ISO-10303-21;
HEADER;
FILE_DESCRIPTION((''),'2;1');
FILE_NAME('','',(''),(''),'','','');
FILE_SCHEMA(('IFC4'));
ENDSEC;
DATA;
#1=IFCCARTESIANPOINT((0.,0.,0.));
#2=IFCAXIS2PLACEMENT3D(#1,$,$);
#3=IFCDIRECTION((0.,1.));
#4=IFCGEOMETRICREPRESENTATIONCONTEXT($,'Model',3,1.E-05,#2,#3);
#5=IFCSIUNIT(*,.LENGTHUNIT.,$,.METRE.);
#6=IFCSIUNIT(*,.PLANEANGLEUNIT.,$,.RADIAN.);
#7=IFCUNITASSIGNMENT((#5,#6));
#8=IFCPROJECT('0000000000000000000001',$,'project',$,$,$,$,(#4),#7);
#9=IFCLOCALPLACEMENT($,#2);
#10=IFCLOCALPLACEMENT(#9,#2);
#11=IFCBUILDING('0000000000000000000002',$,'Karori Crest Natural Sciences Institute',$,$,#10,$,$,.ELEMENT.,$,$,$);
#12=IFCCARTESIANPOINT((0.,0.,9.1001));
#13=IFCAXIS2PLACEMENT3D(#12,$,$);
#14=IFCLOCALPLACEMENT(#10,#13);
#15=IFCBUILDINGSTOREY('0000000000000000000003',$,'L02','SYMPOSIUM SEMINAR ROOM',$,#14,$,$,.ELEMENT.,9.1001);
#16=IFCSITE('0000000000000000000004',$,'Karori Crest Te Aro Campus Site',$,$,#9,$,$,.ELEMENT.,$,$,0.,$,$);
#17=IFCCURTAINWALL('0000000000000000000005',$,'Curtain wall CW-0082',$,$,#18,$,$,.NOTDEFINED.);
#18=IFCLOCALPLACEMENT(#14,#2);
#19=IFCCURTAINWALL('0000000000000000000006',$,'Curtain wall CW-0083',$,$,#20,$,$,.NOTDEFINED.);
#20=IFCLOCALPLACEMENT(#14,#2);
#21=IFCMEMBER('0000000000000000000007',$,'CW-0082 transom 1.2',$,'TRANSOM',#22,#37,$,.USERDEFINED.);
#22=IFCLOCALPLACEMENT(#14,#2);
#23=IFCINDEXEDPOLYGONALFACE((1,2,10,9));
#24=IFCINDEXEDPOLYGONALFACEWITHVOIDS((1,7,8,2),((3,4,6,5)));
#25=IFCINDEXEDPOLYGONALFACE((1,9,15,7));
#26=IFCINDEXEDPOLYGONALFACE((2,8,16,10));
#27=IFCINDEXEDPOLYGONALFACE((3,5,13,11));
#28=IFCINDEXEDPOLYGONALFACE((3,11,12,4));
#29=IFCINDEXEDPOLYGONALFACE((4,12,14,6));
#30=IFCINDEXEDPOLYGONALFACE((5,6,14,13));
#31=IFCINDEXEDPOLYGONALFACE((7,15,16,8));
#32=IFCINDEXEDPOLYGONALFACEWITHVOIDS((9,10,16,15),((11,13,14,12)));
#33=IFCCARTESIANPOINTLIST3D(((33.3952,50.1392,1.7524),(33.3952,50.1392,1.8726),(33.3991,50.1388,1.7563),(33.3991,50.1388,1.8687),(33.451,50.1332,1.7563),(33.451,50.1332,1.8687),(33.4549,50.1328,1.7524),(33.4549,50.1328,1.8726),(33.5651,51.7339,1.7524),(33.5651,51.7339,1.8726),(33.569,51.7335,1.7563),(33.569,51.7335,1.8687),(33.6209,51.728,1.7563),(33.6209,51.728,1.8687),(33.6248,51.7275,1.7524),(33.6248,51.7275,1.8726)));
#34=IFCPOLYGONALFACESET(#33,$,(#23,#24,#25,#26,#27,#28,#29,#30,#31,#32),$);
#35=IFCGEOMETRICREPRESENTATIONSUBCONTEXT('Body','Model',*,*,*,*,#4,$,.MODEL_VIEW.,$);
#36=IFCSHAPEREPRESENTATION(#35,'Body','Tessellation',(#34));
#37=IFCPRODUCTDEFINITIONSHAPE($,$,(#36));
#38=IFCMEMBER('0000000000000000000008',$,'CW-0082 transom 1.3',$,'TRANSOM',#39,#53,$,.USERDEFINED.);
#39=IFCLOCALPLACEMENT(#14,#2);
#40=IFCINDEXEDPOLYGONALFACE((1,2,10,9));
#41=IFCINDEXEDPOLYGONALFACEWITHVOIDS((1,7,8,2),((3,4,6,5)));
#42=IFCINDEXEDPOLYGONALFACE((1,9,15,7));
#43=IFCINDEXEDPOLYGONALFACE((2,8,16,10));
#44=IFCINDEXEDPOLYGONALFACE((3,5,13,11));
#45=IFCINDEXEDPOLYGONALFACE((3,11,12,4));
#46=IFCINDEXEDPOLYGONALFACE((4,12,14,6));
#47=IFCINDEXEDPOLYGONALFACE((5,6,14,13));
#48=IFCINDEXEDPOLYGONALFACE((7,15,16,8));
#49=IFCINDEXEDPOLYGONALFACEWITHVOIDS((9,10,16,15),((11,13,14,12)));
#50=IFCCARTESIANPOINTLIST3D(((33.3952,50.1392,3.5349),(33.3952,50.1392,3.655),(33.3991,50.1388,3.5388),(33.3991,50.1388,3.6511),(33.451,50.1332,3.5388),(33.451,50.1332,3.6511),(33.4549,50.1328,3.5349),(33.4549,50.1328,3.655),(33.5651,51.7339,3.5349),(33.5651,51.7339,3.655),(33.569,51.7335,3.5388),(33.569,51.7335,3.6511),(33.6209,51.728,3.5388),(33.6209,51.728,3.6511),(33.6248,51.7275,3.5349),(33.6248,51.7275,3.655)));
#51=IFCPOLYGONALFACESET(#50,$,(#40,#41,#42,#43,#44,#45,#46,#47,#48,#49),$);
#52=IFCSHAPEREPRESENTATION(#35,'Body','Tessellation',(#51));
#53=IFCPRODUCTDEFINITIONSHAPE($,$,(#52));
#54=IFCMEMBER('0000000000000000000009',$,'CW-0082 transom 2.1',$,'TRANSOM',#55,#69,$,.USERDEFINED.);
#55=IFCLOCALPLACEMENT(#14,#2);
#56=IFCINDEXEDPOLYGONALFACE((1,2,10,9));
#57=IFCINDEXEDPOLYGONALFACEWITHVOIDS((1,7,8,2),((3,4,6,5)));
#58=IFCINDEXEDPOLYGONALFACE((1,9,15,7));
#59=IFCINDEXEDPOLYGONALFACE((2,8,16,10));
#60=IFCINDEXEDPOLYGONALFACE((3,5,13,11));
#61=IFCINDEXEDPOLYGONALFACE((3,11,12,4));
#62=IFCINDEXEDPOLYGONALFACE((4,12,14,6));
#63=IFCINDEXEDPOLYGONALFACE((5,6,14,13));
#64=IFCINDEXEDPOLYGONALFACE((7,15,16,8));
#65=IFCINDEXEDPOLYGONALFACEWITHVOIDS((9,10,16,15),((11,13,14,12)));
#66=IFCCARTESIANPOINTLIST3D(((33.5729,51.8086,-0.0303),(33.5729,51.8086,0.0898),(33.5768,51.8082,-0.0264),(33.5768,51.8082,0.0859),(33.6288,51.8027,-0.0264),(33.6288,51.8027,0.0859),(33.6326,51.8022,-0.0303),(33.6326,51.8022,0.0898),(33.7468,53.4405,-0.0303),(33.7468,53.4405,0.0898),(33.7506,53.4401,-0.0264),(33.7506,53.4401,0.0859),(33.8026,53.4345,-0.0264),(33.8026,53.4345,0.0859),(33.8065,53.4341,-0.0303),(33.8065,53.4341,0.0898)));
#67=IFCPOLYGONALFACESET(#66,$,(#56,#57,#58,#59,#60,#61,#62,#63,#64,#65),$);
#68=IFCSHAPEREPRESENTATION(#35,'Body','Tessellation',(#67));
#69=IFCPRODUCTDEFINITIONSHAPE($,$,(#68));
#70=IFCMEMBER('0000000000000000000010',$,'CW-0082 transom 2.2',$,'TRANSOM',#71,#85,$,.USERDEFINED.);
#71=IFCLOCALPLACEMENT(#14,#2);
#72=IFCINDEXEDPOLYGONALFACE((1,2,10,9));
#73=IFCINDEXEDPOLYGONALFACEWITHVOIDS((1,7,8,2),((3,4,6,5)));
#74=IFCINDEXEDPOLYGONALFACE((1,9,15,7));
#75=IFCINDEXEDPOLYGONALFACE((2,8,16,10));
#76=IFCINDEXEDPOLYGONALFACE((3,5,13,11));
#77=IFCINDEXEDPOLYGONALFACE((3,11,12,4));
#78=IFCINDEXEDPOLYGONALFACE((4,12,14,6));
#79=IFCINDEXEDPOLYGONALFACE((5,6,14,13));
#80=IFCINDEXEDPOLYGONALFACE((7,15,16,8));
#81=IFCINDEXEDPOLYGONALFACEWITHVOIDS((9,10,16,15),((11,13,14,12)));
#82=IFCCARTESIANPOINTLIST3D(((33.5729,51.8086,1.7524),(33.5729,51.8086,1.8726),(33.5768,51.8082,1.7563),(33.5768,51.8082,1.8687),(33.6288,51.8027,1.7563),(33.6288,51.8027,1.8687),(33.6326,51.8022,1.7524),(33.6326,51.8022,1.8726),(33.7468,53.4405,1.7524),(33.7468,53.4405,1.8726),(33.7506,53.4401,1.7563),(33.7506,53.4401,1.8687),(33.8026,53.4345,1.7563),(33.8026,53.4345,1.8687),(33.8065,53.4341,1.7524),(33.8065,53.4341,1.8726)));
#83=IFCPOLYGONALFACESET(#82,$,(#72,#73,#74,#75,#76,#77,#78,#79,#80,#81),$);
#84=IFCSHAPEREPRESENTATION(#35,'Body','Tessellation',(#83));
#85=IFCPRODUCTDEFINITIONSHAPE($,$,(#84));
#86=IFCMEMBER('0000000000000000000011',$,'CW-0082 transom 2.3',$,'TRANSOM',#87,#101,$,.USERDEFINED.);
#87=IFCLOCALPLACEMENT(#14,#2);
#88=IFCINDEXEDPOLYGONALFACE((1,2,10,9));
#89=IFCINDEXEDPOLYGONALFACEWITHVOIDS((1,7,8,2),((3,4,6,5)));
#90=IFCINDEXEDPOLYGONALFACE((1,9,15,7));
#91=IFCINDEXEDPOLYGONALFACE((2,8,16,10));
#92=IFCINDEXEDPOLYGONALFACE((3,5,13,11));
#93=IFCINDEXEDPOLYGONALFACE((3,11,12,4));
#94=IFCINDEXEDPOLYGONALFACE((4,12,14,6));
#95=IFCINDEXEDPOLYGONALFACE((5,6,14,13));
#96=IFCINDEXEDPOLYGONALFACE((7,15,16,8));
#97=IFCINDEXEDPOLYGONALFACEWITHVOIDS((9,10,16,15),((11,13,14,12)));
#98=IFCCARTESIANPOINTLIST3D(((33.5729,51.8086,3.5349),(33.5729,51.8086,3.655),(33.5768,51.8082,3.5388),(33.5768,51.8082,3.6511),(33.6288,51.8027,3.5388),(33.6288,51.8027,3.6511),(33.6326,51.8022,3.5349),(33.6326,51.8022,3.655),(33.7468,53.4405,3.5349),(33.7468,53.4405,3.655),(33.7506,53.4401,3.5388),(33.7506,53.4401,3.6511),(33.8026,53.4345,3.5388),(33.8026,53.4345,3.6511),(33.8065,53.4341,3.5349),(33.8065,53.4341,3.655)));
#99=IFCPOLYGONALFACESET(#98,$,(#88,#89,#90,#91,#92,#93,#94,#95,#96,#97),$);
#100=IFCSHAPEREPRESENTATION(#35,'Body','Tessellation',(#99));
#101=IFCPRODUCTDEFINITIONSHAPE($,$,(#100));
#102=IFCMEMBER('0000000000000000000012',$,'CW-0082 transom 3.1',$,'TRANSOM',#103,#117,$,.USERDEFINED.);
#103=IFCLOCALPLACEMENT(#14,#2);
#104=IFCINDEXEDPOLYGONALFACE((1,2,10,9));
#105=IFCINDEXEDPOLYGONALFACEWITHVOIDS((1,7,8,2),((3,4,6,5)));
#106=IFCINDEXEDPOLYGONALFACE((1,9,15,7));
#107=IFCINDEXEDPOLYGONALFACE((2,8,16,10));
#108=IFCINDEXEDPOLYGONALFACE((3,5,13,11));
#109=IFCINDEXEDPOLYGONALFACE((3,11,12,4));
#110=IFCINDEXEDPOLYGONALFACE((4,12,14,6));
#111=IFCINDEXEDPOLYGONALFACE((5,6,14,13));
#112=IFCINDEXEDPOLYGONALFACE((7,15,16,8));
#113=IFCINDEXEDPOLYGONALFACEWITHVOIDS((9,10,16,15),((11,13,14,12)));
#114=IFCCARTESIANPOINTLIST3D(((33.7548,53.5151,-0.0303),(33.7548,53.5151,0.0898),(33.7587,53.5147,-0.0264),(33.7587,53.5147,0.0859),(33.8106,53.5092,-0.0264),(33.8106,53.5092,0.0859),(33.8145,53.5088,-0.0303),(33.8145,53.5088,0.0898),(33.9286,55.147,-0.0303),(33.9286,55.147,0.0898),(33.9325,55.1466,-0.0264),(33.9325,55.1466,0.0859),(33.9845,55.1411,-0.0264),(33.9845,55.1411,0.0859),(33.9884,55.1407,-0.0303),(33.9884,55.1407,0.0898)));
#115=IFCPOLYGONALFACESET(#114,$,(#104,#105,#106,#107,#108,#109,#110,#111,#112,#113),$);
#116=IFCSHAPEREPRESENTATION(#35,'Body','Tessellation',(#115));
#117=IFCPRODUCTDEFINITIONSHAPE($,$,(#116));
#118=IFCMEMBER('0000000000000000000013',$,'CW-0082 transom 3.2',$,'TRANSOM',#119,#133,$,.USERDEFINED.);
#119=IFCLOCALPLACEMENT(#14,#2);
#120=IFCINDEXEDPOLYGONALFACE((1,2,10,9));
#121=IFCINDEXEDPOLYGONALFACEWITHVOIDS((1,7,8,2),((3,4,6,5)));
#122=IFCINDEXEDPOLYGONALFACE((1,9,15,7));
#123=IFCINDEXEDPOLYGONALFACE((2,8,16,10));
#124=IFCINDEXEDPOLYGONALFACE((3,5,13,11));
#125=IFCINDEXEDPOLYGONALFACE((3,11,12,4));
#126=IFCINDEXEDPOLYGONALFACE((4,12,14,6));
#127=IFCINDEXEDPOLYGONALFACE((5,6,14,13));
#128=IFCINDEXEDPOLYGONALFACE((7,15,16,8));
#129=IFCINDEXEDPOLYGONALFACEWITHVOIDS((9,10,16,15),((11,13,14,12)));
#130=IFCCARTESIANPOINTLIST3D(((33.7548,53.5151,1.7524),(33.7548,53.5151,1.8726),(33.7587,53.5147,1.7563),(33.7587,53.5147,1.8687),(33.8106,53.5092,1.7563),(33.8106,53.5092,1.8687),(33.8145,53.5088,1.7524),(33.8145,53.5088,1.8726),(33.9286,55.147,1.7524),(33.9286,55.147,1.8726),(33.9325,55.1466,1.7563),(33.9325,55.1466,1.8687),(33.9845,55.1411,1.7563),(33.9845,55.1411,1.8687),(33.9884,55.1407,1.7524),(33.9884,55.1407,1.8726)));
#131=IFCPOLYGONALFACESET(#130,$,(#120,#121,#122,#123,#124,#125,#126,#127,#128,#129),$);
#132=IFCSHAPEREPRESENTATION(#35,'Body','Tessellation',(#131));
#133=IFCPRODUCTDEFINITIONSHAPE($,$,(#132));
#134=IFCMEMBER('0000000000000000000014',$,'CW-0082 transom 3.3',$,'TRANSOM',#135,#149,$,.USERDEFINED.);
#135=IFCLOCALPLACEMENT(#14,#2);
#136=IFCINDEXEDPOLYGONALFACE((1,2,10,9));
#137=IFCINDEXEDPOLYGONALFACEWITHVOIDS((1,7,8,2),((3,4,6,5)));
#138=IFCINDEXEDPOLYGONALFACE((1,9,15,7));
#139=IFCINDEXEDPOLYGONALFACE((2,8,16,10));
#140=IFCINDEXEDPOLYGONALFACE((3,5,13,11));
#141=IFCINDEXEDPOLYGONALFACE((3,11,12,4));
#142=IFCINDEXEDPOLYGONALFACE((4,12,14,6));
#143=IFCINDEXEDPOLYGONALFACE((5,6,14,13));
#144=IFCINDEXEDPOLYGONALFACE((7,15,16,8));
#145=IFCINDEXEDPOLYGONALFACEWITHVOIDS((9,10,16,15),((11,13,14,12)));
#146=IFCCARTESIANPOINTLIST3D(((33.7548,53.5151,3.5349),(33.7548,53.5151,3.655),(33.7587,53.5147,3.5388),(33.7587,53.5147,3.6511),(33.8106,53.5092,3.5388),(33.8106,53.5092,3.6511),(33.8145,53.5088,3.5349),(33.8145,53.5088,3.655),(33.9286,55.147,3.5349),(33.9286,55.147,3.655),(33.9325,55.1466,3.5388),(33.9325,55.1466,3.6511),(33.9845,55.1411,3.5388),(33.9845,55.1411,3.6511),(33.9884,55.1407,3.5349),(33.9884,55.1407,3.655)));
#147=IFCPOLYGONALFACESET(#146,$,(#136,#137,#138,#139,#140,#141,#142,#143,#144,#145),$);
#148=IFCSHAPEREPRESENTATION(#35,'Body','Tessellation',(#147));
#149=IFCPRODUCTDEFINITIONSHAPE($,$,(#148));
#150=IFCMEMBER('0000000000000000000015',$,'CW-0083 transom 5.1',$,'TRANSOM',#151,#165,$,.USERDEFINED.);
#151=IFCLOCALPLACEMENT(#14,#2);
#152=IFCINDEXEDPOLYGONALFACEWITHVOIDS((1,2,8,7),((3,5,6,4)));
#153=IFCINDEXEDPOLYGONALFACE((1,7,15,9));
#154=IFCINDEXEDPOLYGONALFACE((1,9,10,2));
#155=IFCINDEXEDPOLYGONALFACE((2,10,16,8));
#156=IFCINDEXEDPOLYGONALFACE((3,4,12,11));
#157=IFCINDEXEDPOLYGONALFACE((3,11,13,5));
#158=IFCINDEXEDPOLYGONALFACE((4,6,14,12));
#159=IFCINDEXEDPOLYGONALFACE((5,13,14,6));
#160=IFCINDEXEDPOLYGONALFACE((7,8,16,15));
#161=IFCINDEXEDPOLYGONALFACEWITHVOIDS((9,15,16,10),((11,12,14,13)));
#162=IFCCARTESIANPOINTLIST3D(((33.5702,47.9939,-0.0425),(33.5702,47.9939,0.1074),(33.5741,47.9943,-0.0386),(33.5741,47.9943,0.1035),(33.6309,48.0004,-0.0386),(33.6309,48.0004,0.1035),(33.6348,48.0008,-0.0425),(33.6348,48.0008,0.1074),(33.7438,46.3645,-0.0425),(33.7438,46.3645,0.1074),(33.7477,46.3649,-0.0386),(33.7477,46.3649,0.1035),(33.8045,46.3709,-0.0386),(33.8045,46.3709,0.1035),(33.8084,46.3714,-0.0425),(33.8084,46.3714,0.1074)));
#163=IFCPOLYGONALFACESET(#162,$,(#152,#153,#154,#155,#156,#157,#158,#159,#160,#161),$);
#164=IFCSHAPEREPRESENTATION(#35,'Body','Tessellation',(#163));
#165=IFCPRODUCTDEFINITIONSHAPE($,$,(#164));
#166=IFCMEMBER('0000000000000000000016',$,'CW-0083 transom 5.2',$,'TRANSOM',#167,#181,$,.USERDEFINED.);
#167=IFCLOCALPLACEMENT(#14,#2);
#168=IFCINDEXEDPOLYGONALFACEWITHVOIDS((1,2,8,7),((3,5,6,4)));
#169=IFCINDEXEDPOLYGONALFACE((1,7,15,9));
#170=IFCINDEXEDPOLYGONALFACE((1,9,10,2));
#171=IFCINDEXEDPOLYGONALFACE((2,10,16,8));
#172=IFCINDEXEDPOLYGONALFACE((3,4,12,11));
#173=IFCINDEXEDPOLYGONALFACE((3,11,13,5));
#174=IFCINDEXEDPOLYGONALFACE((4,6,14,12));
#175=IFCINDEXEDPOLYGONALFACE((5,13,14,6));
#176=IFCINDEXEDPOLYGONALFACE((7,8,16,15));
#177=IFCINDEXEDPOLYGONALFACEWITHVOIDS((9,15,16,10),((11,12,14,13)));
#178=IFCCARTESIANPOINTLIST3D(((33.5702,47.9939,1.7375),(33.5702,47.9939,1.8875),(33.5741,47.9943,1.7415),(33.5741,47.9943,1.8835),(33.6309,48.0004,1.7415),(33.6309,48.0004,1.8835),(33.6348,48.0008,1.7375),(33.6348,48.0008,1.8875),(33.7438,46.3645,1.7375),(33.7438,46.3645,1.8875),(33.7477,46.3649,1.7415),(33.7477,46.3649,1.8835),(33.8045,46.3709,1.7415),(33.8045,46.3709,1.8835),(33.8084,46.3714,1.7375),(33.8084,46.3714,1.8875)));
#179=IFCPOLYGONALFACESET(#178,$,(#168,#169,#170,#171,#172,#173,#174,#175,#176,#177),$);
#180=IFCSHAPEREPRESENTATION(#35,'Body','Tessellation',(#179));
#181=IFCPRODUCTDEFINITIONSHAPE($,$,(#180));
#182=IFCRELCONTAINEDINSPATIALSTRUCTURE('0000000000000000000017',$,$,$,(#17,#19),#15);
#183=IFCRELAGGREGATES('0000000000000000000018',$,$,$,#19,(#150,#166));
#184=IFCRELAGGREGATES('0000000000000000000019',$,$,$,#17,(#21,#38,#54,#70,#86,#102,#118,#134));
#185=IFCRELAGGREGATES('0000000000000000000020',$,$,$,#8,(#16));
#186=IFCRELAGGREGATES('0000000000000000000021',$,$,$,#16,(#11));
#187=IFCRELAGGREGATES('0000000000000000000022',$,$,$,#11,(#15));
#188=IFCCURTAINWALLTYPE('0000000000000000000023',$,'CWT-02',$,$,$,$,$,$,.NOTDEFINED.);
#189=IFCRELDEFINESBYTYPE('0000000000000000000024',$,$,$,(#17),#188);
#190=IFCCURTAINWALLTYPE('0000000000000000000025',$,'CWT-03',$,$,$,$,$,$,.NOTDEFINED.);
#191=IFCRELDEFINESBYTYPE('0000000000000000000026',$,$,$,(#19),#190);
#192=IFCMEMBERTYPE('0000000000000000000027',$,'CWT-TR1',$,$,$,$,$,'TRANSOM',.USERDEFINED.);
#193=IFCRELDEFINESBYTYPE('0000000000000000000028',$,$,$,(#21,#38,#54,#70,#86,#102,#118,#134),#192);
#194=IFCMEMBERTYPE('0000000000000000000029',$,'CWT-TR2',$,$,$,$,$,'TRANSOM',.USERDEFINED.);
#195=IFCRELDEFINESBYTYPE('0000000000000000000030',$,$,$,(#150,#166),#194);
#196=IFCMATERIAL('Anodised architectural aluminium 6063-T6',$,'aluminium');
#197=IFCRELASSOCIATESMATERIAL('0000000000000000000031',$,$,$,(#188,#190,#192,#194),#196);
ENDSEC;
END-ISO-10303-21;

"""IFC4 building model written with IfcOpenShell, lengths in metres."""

from ifc_helpers import new_model, si_unit, direction, frame, origin, origin_2d, place, context, subcontext, project, spatial, hollow_rectangle, extrude, material, material_profile, profile_set, type_object, element, aggregate, save


model = new_model("IFC4")

# Units and contexts
model_context = context("Model", 3, precision=1e-05, world=origin(), true_north=direction((0.0, 1.0)))
body_context = subcontext(model_context, "Body", "Model", "MODEL_VIEW")
ifc_project = project(units=[si_unit("LENGTHUNIT", "METRE"), si_unit("PLANEANGLEUNIT", "RADIAN")], contexts=[model_context])

# Site, building, storey
site_placement = place(None, origin())
site = spatial("IfcSite", under=ifc_project, at=site_placement, Name="Karori Crest Te Aro Campus Site", CompositionType="ELEMENT", RefElevation=0.0)
building_placement = place(site_placement, origin())
building = spatial("IfcBuilding", under=site, at=building_placement, Name="Karori Crest Natural Sciences Institute", CompositionType="ELEMENT")
storey_placement = place(building_placement, frame((0.0, 0.0, 9.1001)))
storey = spatial("IfcBuildingStorey", under=building, at=storey_placement, Name="L02", Description="SYMPOSIUM SEMINAR ROOM", CompositionType="ELEMENT", Elevation=9.1001)

# Curtain walls
ifc_material_1 = material(Name="Anodised architectural aluminium 6063-T6", Category="aluminium")
curtain_wall_type_1 = type_object("IfcCurtainWallType", Name="CWT-02", PredefinedType="NOTDEFINED", material=ifc_material_1)
curtain_wall_1_placement = place(storey_placement, origin())
curtain_wall_1 = element("IfcCurtainWall", 1, at=curtain_wall_1_placement, inside=storey, type_object=curtain_wall_type_1, Name="Curtain wall CW-0082", PredefinedType="NOTDEFINED")
curtain_wall_type_2 = type_object("IfcCurtainWallType", Name="CWT-03", PredefinedType="NOTDEFINED", material=ifc_material_1)
curtain_wall_2_placement = place(storey_placement, origin())
curtain_wall_2 = element("IfcCurtainWall", 2, at=curtain_wall_2_placement, inside=storey, type_object=curtain_wall_type_2, Name="Curtain wall CW-0083", PredefinedType="NOTDEFINED")

# Members
ifc_material_profile_1 = material_profile(ifc_material_1, hollow_rectangle(XDim=0.0601, YDim=0.1201, WallThickness=0.0039, at=origin_2d()), Name="CWT120x60x4")
ifc_profile_set_1 = profile_set([ifc_material_profile_1], Name="Anodised architectural aluminium 6063-T6")
member_type_1 = type_object("IfcMemberType", Name="CWT-TR1", ElementType="TRANSOM", PredefinedType="USERDEFINED", material=ifc_profile_set_1)
member_1_placement = place(storey_placement, frame((33.425, 50.136, 1.8125), z_axis=(0.105953, 0.994371, 0.0), x_axis=(-0.994371, 0.105953, 0.0)))
member_1 = element("IfcMember", 3, at=member_1_placement, type_object=member_type_1, Name="CW-0082 transom 1.2", ObjectType="TRANSOM", PredefinedType="USERDEFINED", context=body_context, shape_type="SweptSolid", body=[
    extrude(hollow_rectangle(XDim=0.0601, YDim=0.1201, WallThickness=0.0039, at=origin_2d()), origin(), (0.0, 0.0, 1.0), 1.6038),
])
member_2_placement = place(storey_placement, frame((33.425, 50.136, 3.595), z_axis=(0.105953, 0.994371, 0.0), x_axis=(-0.994371, 0.105953, 0.0)))
member_2 = element("IfcMember", 4, at=member_2_placement, type_object=member_type_1, Name="CW-0082 transom 1.3", ObjectType="TRANSOM", PredefinedType="USERDEFINED", context=body_context, shape_type="SweptSolid", body=[
    extrude(hollow_rectangle(XDim=0.0601, YDim=0.1201, WallThickness=0.0039, at=origin_2d()), origin(), (0.0, 0.0, 1.0), 1.6038),
])
member_3_placement = place(storey_placement, frame((33.6028, 51.8054, 0.0298), z_axis=(0.105924, 0.994374, 0.0), x_axis=(-0.994374, 0.105924, 0.0)))
member_3 = element("IfcMember", 5, at=member_3_placement, type_object=member_type_1, Name="CW-0082 transom 2.1", ObjectType="TRANSOM", PredefinedType="USERDEFINED", context=body_context, shape_type="SweptSolid", body=[
    extrude(hollow_rectangle(XDim=0.0601, YDim=0.1201, WallThickness=0.0039, at=origin_2d()), origin(), (0.0, 0.0, 1.0), 1.6411),
])
member_4_placement = place(storey_placement, frame((33.6028, 51.8054, 1.8125), z_axis=(0.105924, 0.994374, 0.0), x_axis=(-0.994374, 0.105924, 0.0)))
member_4 = element("IfcMember", 6, at=member_4_placement, type_object=member_type_1, Name="CW-0082 transom 2.2", ObjectType="TRANSOM", PredefinedType="USERDEFINED", context=body_context, shape_type="SweptSolid", body=[
    extrude(hollow_rectangle(XDim=0.0601, YDim=0.1201, WallThickness=0.0039, at=origin_2d()), origin(), (0.0, 0.0, 1.0), 1.6411),
])
member_5_placement = place(storey_placement, frame((33.6028, 51.8054, 3.595), z_axis=(0.105924, 0.994374, 0.0), x_axis=(-0.994374, 0.105924, 0.0)))
member_5 = element("IfcMember", 7, at=member_5_placement, type_object=member_type_1, Name="CW-0082 transom 2.3", ObjectType="TRANSOM", PredefinedType="USERDEFINED", context=body_context, shape_type="SweptSolid", body=[
    extrude(hollow_rectangle(XDim=0.0601, YDim=0.1201, WallThickness=0.0039, at=origin_2d()), origin(), (0.0, 0.0, 1.0), 1.6411),
])
member_6_placement = place(storey_placement, frame((33.7847, 53.512, 0.0298), z_axis=(0.105924, 0.994374, 0.0), x_axis=(-0.994374, 0.105924, 0.0)))
member_6 = element("IfcMember", 8, at=member_6_placement, type_object=member_type_1, Name="CW-0082 transom 3.1", ObjectType="TRANSOM", PredefinedType="USERDEFINED", context=body_context, shape_type="SweptSolid", body=[
    extrude(hollow_rectangle(XDim=0.0601, YDim=0.1201, WallThickness=0.0039, at=origin_2d()), origin(), (0.0, 0.0, 1.0), 1.6411),
])
member_7_placement = place(storey_placement, frame((33.7847, 53.512, 1.8125), z_axis=(0.105924, 0.994374, 0.0), x_axis=(-0.994374, 0.105924, 0.0)))
member_7 = element("IfcMember", 9, at=member_7_placement, type_object=member_type_1, Name="CW-0082 transom 3.2", ObjectType="TRANSOM", PredefinedType="USERDEFINED", context=body_context, shape_type="SweptSolid", body=[
    extrude(hollow_rectangle(XDim=0.0601, YDim=0.1201, WallThickness=0.0039, at=origin_2d()), origin(), (0.0, 0.0, 1.0), 1.6411),
])
member_8_placement = place(storey_placement, frame((33.7847, 53.512, 3.595), z_axis=(0.105924, 0.994374, 0.0), x_axis=(-0.994374, 0.105924, 0.0)))
member_8 = element("IfcMember", 10, at=member_8_placement, type_object=member_type_1, Name="CW-0082 transom 3.3", ObjectType="TRANSOM", PredefinedType="USERDEFINED", context=body_context, shape_type="SweptSolid", body=[
    extrude(hollow_rectangle(XDim=0.0601, YDim=0.1201, WallThickness=0.0039, at=origin_2d()), origin(), (0.0, 0.0, 1.0), 1.6411),
])
ifc_material_profile_2 = material_profile(ifc_material_1, hollow_rectangle(XDim=0.0649, YDim=0.1499, WallThickness=0.0039, at=origin_2d()), Name="CWT150x65x4")
ifc_profile_set_2 = profile_set([ifc_material_profile_2], Name="Anodised architectural aluminium 6063-T6")
member_type_2 = type_object("IfcMemberType", Name="CWT-TR2", ElementType="TRANSOM", PredefinedType="USERDEFINED", material=ifc_profile_set_2)
member_9_placement = place(storey_placement, frame((33.7761, 46.3679, 0.0325), z_axis=(-0.105933, 0.994373, 0.0), x_axis=(-0.994373, -0.105933, 0.0)))
member_9 = element("IfcMember", 11, at=member_9_placement, type_object=member_type_2, Name="CW-0083 transom 5.1", ObjectType="TRANSOM", PredefinedType="USERDEFINED", context=body_context, shape_type="SweptSolid", body=[
    extrude(hollow_rectangle(XDim=0.0649, YDim=0.1499, WallThickness=0.0039, at=origin_2d()), origin(), (0.0, 0.0, 1.0), 1.6387),
])
member_10_placement = place(storey_placement, frame((33.7761, 46.3679, 1.8125), z_axis=(-0.105933, 0.994373, 0.0), x_axis=(-0.994373, -0.105933, 0.0)))
member_10 = element("IfcMember", 12, at=member_10_placement, type_object=member_type_2, Name="CW-0083 transom 5.2", ObjectType="TRANSOM", PredefinedType="USERDEFINED", context=body_context, shape_type="SweptSolid", body=[
    extrude(hollow_rectangle(XDim=0.0649, YDim=0.1499, WallThickness=0.0039, at=origin_2d()), origin(), (0.0, 0.0, 1.0), 1.6387),
])

aggregate(curtain_wall_2, [member_9, member_10])
aggregate(curtain_wall_1, [member_1, member_2, member_3, member_4, member_5, member_6, member_7, member_8])

save(model, "model.ifc")
